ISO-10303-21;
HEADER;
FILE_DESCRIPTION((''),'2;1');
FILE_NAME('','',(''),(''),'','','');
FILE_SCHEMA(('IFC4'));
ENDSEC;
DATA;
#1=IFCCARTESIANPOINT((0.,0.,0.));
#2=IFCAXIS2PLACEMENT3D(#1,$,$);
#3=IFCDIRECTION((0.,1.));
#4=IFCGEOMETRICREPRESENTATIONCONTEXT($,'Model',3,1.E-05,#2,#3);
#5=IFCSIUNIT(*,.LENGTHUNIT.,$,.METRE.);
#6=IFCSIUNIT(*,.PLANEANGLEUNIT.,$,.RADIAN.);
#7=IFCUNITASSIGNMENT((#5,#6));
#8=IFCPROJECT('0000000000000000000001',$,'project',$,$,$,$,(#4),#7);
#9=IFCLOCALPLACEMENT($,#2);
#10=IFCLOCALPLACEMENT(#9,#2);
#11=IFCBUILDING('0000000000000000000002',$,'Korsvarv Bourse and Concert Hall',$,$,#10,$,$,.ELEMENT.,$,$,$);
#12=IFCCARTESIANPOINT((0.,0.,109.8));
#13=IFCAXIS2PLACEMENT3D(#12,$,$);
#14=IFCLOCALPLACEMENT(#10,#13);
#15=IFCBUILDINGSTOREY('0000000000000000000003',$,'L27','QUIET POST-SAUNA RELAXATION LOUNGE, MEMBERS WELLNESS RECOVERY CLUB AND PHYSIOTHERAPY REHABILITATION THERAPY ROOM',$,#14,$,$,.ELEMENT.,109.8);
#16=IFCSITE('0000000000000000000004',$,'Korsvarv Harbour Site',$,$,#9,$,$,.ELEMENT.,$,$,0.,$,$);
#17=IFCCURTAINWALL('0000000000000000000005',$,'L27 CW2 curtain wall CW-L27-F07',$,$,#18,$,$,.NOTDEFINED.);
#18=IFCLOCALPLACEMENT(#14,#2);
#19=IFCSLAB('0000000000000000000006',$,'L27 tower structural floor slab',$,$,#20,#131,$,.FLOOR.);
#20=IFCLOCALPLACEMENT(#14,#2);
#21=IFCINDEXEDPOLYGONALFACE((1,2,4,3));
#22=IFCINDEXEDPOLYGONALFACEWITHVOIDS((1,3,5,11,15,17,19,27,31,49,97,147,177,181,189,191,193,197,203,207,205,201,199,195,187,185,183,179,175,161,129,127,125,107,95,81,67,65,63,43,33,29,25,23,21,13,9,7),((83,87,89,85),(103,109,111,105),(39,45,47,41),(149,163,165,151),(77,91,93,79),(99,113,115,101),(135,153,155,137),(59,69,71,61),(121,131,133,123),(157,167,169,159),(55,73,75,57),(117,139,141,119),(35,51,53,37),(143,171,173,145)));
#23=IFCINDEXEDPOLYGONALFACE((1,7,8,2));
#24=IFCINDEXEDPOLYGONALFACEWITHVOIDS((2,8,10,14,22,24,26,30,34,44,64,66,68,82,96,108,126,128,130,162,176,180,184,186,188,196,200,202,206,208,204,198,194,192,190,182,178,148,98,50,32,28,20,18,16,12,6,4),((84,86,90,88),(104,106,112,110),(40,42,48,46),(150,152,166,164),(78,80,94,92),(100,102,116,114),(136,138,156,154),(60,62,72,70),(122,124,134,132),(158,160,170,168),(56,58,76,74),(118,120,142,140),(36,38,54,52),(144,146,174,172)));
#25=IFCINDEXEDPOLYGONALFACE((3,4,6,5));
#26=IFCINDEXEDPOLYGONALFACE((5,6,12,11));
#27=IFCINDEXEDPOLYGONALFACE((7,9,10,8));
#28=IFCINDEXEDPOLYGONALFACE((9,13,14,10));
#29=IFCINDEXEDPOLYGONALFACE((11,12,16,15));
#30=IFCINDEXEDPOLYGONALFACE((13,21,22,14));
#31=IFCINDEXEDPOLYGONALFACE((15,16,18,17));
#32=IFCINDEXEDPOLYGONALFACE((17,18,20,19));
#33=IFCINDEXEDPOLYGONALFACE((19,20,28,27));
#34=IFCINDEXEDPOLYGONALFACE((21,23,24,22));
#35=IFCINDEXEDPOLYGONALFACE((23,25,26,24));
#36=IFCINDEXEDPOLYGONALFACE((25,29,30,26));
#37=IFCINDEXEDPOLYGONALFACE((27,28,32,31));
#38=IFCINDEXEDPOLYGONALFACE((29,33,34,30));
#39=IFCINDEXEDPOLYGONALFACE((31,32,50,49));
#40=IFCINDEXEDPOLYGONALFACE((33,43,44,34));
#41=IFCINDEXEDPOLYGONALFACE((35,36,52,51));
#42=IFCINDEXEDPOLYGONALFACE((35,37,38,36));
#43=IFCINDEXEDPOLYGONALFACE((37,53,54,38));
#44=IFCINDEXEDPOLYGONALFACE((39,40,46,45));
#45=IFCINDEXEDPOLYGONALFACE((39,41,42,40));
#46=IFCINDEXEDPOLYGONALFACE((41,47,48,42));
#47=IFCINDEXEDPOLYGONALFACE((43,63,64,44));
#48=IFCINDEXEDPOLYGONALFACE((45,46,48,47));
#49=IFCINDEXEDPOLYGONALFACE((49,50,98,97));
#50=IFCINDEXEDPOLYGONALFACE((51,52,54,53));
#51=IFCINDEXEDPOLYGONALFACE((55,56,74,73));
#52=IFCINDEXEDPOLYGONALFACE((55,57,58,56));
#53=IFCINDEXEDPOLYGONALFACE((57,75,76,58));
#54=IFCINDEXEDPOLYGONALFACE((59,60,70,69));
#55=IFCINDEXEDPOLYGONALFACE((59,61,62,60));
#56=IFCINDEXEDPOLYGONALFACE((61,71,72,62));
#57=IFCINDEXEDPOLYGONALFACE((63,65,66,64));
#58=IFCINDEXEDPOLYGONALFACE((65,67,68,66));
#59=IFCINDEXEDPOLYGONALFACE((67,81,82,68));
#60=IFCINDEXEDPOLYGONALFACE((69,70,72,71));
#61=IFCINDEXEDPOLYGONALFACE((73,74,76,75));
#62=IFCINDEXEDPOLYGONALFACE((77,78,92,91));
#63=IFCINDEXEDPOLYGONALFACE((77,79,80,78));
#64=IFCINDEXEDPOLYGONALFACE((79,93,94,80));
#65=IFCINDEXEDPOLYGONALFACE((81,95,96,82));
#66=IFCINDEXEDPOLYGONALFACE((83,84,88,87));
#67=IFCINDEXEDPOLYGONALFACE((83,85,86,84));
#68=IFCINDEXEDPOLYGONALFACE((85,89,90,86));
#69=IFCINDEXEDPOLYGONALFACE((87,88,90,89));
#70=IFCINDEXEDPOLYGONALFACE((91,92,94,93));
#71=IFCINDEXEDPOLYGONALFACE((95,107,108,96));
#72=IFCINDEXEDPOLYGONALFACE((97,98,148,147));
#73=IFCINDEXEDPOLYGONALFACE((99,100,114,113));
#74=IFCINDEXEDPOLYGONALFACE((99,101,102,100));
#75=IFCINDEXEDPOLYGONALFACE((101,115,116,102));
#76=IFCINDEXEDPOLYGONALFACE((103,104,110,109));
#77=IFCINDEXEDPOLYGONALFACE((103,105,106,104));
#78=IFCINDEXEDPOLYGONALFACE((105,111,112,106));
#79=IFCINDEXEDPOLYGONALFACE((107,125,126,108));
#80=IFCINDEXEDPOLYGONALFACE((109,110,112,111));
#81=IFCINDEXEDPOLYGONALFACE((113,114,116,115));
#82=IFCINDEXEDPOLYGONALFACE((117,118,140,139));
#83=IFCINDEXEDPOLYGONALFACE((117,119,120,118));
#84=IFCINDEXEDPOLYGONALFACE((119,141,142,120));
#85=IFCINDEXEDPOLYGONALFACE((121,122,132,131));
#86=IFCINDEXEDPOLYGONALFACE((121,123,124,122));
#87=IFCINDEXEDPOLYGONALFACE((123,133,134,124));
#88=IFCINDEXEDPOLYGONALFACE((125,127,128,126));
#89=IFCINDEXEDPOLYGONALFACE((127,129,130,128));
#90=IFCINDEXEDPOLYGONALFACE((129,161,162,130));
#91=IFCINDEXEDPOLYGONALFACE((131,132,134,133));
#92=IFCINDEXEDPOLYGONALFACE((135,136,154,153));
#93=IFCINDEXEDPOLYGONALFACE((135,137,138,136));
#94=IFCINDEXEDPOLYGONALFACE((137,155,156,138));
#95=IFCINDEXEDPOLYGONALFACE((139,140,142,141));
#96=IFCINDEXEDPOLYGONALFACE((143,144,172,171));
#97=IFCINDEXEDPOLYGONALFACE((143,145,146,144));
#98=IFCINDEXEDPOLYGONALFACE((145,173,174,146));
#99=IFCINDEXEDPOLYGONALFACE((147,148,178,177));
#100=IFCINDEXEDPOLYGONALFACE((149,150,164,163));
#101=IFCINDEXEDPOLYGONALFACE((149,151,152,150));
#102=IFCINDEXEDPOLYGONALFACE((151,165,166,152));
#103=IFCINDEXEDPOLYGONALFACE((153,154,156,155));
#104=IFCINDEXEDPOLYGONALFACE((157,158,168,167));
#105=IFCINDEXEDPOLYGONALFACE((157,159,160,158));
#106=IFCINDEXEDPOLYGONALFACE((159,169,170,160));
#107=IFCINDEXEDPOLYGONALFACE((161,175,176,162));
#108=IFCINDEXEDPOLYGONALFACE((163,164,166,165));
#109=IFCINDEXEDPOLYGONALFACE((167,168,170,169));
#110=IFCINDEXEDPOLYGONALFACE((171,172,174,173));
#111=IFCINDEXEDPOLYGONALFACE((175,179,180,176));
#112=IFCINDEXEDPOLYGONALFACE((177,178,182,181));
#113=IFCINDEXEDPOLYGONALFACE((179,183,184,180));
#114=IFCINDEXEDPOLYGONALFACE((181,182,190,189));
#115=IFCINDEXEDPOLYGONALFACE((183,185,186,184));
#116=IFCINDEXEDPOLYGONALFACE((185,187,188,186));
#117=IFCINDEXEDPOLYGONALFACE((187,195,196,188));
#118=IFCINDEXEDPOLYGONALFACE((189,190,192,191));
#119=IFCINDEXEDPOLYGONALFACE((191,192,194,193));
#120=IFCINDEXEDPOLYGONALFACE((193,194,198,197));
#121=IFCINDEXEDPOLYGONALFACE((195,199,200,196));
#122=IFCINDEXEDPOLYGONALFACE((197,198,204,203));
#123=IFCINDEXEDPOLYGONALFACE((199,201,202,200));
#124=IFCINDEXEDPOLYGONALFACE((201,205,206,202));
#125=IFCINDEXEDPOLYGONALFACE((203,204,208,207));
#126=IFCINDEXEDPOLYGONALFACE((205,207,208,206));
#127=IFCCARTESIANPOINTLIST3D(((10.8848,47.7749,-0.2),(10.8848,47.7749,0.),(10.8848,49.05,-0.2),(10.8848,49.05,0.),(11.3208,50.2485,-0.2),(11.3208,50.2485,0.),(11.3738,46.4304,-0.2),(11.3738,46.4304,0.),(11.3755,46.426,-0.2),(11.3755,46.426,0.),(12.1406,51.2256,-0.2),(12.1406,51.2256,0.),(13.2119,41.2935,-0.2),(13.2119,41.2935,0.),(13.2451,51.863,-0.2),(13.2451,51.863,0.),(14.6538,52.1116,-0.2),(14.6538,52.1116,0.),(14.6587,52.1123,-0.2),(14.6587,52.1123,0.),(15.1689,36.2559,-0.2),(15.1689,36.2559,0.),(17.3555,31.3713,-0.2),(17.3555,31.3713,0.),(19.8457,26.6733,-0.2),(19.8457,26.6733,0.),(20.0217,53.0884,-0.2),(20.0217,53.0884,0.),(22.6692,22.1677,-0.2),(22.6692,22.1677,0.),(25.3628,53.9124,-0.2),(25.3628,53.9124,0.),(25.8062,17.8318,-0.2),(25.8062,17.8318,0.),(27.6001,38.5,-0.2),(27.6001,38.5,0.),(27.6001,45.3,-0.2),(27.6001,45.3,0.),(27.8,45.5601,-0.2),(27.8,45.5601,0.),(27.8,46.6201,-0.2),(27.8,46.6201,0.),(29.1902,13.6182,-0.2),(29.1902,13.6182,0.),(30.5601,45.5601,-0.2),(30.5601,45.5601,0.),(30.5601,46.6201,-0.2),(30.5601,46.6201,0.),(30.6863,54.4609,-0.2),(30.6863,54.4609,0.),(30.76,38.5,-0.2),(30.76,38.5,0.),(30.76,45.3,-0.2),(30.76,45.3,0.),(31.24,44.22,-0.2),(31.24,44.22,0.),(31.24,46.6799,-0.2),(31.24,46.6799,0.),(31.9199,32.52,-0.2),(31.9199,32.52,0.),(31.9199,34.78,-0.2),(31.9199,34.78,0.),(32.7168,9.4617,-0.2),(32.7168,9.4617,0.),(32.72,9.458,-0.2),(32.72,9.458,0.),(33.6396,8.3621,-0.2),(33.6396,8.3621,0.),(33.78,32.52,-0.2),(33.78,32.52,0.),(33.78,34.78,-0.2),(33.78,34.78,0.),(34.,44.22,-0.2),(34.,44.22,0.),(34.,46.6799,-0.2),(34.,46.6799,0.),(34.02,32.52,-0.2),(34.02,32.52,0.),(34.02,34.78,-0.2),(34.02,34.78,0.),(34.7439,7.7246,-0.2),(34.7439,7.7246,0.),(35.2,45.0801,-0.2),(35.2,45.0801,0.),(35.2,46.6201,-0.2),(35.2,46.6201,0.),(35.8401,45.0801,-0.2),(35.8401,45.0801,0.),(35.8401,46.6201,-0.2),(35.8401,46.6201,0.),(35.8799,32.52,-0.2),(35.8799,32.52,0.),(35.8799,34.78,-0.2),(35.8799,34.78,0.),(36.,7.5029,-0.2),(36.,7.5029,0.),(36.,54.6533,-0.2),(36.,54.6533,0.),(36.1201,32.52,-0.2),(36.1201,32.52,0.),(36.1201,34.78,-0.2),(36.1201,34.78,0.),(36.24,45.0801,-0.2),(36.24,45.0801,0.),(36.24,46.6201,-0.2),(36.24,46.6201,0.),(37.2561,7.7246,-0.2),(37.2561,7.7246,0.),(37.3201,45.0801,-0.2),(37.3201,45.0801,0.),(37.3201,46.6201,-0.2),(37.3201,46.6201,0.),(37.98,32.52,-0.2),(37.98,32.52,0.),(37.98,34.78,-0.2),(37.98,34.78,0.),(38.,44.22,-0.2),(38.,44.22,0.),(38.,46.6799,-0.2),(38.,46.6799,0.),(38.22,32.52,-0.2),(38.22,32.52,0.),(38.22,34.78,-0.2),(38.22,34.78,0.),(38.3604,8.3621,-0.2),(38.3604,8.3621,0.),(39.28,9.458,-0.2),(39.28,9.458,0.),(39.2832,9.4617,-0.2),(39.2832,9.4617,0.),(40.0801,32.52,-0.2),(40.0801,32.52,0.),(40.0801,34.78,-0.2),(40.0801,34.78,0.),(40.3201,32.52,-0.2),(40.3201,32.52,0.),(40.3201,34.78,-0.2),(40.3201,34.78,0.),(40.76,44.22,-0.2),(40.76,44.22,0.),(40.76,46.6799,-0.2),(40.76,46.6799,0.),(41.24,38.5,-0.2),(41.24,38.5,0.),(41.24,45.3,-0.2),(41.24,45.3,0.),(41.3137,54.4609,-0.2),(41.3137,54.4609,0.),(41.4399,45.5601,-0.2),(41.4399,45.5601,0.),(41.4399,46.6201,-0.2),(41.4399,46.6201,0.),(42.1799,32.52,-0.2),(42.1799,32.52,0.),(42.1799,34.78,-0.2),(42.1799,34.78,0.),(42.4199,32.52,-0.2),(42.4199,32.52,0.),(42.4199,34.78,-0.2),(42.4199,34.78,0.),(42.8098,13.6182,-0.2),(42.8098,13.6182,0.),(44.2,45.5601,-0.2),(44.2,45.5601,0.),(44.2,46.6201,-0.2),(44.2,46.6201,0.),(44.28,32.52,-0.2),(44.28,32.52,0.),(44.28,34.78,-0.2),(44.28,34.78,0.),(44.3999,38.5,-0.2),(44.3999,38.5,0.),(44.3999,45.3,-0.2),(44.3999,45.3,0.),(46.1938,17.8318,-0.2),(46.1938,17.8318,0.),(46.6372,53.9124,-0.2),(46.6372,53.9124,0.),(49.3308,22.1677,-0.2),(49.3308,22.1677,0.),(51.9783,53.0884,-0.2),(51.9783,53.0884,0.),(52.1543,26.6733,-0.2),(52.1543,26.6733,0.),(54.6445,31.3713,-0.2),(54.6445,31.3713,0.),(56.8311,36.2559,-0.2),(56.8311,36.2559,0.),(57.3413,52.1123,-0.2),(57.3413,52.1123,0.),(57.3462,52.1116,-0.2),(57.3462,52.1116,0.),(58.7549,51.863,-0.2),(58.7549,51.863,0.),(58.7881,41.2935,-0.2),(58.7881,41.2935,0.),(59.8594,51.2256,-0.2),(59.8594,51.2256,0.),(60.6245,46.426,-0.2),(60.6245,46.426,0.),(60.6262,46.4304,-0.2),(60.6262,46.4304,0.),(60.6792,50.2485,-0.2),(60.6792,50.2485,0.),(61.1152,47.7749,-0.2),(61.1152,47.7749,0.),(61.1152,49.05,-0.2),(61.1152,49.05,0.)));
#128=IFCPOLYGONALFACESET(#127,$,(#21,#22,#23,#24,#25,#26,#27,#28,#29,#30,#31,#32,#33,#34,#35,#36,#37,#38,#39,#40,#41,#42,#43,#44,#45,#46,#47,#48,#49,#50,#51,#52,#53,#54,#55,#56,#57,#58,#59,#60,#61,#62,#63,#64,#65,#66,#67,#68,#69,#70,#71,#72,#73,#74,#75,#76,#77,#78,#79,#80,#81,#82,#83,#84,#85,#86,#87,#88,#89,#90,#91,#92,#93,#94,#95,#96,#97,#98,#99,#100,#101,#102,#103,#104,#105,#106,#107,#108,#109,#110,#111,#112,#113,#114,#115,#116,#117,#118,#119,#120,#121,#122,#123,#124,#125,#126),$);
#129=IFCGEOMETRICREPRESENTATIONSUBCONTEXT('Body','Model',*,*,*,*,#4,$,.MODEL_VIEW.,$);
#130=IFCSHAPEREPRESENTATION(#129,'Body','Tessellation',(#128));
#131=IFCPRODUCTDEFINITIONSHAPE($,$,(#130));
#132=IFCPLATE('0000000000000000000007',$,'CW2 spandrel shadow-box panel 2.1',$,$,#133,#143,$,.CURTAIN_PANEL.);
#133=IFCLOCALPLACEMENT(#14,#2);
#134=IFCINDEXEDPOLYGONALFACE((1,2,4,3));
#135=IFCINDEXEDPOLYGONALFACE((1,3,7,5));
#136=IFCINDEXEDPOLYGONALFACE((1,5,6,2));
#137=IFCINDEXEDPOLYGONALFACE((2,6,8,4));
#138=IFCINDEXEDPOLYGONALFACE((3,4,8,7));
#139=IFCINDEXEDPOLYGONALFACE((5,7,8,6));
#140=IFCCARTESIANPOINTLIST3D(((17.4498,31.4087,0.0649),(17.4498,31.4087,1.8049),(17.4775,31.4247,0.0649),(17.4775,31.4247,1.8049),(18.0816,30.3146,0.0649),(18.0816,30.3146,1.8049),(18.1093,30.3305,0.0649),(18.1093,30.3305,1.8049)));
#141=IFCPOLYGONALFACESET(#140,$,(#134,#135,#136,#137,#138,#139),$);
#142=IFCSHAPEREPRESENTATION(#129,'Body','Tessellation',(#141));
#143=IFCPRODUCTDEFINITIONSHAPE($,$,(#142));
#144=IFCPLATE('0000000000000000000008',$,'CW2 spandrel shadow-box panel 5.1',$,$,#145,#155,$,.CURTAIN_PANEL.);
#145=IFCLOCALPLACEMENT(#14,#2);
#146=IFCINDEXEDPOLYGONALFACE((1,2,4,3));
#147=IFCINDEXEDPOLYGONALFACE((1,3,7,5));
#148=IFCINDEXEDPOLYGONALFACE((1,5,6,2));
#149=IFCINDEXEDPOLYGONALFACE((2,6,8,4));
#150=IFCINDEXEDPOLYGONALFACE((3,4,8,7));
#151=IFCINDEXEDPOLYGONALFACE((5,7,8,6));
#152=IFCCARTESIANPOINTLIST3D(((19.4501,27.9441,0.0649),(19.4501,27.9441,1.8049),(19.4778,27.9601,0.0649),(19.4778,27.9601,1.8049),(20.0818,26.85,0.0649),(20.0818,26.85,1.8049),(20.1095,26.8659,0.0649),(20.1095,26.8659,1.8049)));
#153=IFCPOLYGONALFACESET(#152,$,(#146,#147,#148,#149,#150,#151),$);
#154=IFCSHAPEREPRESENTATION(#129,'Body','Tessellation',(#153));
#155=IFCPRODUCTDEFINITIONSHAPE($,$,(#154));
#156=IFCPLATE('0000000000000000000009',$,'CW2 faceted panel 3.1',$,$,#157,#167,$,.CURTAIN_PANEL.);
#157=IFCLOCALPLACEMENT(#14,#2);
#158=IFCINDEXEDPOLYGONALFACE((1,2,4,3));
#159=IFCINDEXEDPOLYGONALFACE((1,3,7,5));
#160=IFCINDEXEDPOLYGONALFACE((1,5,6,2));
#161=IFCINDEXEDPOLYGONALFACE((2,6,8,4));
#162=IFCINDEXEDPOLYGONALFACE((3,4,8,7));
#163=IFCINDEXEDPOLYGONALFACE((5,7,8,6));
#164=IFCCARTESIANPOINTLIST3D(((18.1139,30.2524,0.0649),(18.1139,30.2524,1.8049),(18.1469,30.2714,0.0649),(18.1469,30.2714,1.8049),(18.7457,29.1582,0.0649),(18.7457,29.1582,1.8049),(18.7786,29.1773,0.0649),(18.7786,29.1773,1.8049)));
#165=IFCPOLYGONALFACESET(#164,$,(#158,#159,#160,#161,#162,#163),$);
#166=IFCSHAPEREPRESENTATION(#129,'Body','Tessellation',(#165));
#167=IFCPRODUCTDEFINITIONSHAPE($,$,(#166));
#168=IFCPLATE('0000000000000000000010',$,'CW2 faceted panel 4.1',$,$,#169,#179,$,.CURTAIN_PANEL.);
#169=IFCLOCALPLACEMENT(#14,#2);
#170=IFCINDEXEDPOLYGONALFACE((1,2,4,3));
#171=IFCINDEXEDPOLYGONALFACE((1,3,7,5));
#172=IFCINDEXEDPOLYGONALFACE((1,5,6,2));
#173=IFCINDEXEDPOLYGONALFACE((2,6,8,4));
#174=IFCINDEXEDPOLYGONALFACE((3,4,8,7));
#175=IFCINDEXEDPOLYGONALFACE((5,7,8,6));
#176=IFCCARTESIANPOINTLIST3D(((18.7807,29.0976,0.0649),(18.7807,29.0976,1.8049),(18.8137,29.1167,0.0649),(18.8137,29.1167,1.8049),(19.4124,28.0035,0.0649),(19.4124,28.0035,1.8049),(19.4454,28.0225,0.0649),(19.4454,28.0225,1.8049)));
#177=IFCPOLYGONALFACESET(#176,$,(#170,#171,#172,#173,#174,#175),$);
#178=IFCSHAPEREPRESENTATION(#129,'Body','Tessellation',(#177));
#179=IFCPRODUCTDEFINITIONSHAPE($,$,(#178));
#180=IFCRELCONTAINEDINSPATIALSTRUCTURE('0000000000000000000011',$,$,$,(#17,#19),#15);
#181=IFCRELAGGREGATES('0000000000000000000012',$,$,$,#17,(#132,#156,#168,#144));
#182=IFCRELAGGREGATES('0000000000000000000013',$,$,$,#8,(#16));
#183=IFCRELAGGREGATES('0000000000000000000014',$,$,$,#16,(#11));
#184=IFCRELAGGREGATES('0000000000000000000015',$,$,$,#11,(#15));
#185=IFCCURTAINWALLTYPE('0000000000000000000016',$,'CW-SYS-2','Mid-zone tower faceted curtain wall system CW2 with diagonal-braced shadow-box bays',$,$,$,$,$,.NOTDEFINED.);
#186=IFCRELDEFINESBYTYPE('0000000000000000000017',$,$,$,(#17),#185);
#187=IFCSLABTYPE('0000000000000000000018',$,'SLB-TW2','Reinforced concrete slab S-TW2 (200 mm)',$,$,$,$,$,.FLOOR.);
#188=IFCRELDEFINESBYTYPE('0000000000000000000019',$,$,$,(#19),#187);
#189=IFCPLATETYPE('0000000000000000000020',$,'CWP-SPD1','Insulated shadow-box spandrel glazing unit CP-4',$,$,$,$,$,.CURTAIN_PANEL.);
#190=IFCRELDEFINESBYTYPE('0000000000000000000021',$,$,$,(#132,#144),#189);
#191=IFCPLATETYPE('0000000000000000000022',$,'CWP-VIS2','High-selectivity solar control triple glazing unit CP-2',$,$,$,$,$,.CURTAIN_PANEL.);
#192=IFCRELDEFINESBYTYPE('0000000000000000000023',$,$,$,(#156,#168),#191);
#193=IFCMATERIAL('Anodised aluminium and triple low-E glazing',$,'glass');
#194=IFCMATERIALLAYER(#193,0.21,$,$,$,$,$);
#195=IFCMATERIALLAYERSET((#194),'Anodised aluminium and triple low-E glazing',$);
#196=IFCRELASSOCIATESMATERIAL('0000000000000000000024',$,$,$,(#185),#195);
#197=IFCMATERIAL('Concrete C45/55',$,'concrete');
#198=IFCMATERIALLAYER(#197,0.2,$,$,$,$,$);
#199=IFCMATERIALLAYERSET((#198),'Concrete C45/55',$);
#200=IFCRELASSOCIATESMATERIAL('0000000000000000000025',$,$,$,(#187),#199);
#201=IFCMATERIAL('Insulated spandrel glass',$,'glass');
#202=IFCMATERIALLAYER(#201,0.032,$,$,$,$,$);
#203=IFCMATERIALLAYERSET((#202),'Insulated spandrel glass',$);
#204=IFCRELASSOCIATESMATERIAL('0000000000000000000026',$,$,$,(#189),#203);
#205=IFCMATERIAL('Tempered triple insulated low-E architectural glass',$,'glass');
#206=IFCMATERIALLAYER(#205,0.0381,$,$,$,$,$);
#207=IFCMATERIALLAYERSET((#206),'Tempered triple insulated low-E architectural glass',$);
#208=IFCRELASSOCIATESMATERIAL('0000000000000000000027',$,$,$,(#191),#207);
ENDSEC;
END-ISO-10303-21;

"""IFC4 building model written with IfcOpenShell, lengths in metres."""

from ifc_helpers import new_model, si_unit, direction, frame, origin, origin_2d, place, context, subcontext, project, spatial, polyline, rectangle, outline, extrude, source, transform, mapped, material, layer, layer_set, type_object, element, aggregate, save


model = new_model("IFC4")

# Units and contexts
model_context = context("Model", 3, precision=1e-05, world=origin(), true_north=direction((0.0, 1.0)))
body_context = subcontext(model_context, "Body", "Model", "MODEL_VIEW")
ifc_project = project(units=[si_unit("LENGTHUNIT", "METRE"), si_unit("PLANEANGLEUNIT", "RADIAN")], contexts=[model_context])

# Site, building, storey
site_placement = place(None, origin())
site = spatial("IfcSite", under=ifc_project, at=site_placement, Name="Korsvarv Harbour Site", CompositionType="ELEMENT", RefElevation=0.0)
building_placement = place(site_placement, origin())
building = spatial("IfcBuilding", under=site, at=building_placement, Name="Korsvarv Bourse and Concert Hall", CompositionType="ELEMENT")
storey_placement = place(building_placement, frame((0.0, 0.0, 109.8)))
storey = spatial("IfcBuildingStorey", under=building, at=storey_placement, Name="L27", Description="QUIET POST-SAUNA RELAXATION LOUNGE, MEMBERS WELLNESS RECOVERY CLUB AND PHYSIOTHERAPY REHABILITATION THERAPY ROOM", CompositionType="ELEMENT", Elevation=109.8)

# Curtain wall
ifc_material_1 = material(Name="Anodised aluminium and triple low-E glazing", Category="glass")
ifc_layer_1 = layer(ifc_material_1, 0.21)
ifc_layer_set_1 = layer_set([ifc_layer_1], Name="Anodised aluminium and triple low-E glazing")
curtain_wall_type = type_object("IfcCurtainWallType", Name="CW-SYS-2", Description="Mid-zone tower faceted curtain wall system CW2 with diagonal-braced shadow-box bays", PredefinedType="NOTDEFINED", material=ifc_layer_set_1)
curtain_wall_placement = place(storey_placement, origin())
curtain_wall = element("IfcCurtainWall", 1, at=curtain_wall_placement, inside=storey, type_object=curtain_wall_type, Name="L27 CW2 curtain wall CW-L27-F07", PredefinedType="NOTDEFINED")

# Slab
ifc_material_2 = material(Name="Concrete C45/55", Category="concrete")
ifc_layer_2 = layer(ifc_material_2, 0.2)
ifc_layer_set_2 = layer_set([ifc_layer_2], Name="Concrete C45/55")
slab_type_1 = type_object("IfcSlabType", Name="SLB-TW2", Description="Reinforced concrete slab S-TW2 (200 mm)", PredefinedType="FLOOR", material=ifc_layer_set_2)
slab_1_placement = place(storey_placement, frame((0.0, 0.0, -0.2)))
element("IfcSlab", 2, at=slab_1_placement, inside=storey, type_object=slab_type_1, Name="L27 tower structural floor slab", PredefinedType="FLOOR", context=body_context, shape_type="SweptSolid", body=[
    extrude(outline(polyline([(60.6245, 46.426), (58.7881, 41.2935), (56.8311, 36.2559), (54.6445, 31.3713), (52.1543, 26.6733), (49.3308, 22.1677), (46.1938, 17.8318), (42.8098, 13.6182), (39.2832, 9.4617), (39.28, 9.458), (38.3604, 8.3621), (37.2561, 7.7246), (36.0, 7.5029), (34.7439, 7.7246), (33.6396, 8.3621), (32.72, 9.458), (32.7168, 9.4617), (29.1902, 13.6182), (25.8062, 17.8318), (22.6692, 22.1677), (19.8457, 26.6733), (17.3555, 31.3713), (15.1689, 36.2559), (13.2119, 41.2935), (11.3755, 46.426), (11.3738, 46.4304), (10.8848, 47.7749), (10.8848, 49.05), (11.3208, 50.2485), (12.1406, 51.2256), (13.2451, 51.863), (14.6538, 52.1116), (14.6587, 52.1123), (20.0217, 53.0884), (25.3628, 53.9124), (30.6863, 54.4609), (36.0, 54.6533), (41.3137, 54.4609), (46.6372, 53.9124), (51.9783, 53.0884), (57.3413, 52.1123), (57.3462, 52.1116), (58.7549, 51.863), (59.8594, 51.2256), (60.6792, 50.2485), (61.1152, 49.05), (61.1152, 47.7749), (60.6262, 46.4304), (60.6245, 46.426)]), holes=[polyline([(30.76, 38.5), (30.76, 45.3), (27.6001, 45.3), (27.6001, 38.5), (30.76, 38.5)]), polyline([(44.3999, 38.5), (44.3999, 45.3), (41.24, 45.3), (41.24, 38.5), (44.3999, 38.5)]), polyline([(31.24, 44.22), (34.0, 44.22), (34.0, 46.6799), (31.24, 46.6799), (31.24, 44.22)]), polyline([(38.0, 44.22), (40.76, 44.22), (40.76, 46.6799), (38.0, 46.6799), (38.0, 44.22)]), polyline([(31.9199, 32.52), (33.78, 32.52), (33.78, 34.78), (31.9199, 34.78), (31.9199, 32.52)]), polyline([(34.02, 32.52), (35.8799, 32.52), (35.8799, 34.78), (34.02, 34.78), (34.02, 32.52)]), polyline([(36.1201, 32.52), (37.98, 32.52), (37.98, 34.78), (36.1201, 34.78), (36.1201, 32.52)]), polyline([(38.22, 32.52), (40.0801, 32.52), (40.0801, 34.78), (38.22, 34.78), (38.22, 32.52)]), polyline([(40.3201, 32.52), (42.1799, 32.52), (42.1799, 34.78), (40.3201, 34.78), (40.3201, 32.52)]), polyline([(42.4199, 32.52), (44.28, 32.52), (44.28, 34.78), (42.4199, 34.78), (42.4199, 32.52)]), polyline([(27.8, 45.5601), (30.5601, 45.5601), (30.5601, 46.6201), (27.8, 46.6201), (27.8, 45.5601)]), polyline([(41.4399, 45.5601), (44.2, 45.5601), (44.2, 46.6201), (41.4399, 46.6201), (41.4399, 45.5601)]), polyline([(35.2, 45.0801), (35.8401, 45.0801), (35.8401, 46.6201), (35.2, 46.6201), (35.2, 45.0801)]), polyline([(36.24, 45.0801), (37.3201, 45.0801), (37.3201, 46.6201), (36.24, 46.6201), (36.24, 45.0801)])]), origin(), (0.0, 0.0, 1.0), 0.2),
])

# Plates
ifc_material_3 = material(Name="Insulated spandrel glass", Category="glass")
ifc_layer_3 = layer(ifc_material_3, 0.032)
ifc_layer_set_3 = layer_set([ifc_layer_3], Name="Insulated spandrel glass")
plate_type_1 = type_object("IfcPlateType", Name="CWP-SPD1", Description="Insulated shadow-box spandrel glazing unit CP-4", PredefinedType="CURTAIN_PANEL", material=ifc_layer_set_3)
shared_shape_1 = source(origin(), body_context, "Body", "SweptSolid", [
    extrude(rectangle(XDim=1.2634, YDim=0.032, at=origin_2d()), origin(), (0.0, 0.0, 1.0), 1.74),
])
plate_1_placement = place(storey_placement, frame((17.7795, 30.8696, 0.0649), z_axis=(0.0, 0.0, 1.0), x_axis=(0.500006, -0.866022, 0.0)))
plate_1 = element("IfcPlate", 3, at=plate_1_placement, type_object=plate_type_1, Name="CW2 spandrel shadow-box panel 2.1", PredefinedType="CURTAIN_PANEL", context=body_context, shape_type="MappedRepresentation", body=[
    mapped(shared_shape_1, transform((0.0, 0.0, 0.0), scale=1.0)),
])
plate_2_placement = place(storey_placement, frame((19.7798, 27.405, 0.0649), z_axis=(0.0, 0.0, 1.0), x_axis=(0.500006, -0.866022, 0.0)))
plate_2 = element("IfcPlate", 4, at=plate_2_placement, type_object=plate_type_1, Name="CW2 spandrel shadow-box panel 5.1", PredefinedType="CURTAIN_PANEL", context=body_context, shape_type="MappedRepresentation", body=[
    mapped(shared_shape_1, transform((0.0, 0.0, 0.0), scale=1.0)),
])
ifc_material_4 = material(Name="Tempered triple insulated low-E architectural glass", Category="glass")
ifc_layer_4 = layer(ifc_material_4, 0.0381)
ifc_layer_set_4 = layer_set([ifc_layer_4], Name="Tempered triple insulated low-E architectural glass")
plate_type_2 = type_object("IfcPlateType", Name="CWP-VIS2", Description="High-selectivity solar control triple glazing unit CP-2", PredefinedType="CURTAIN_PANEL", material=ifc_layer_set_4)
shared_shape_2 = source(origin(), body_context, "Body", "SweptSolid", [
    extrude(rectangle(XDim=1.2634, YDim=0.0381, at=origin_2d()), origin(), (0.0, 0.0, 1.0), 1.74),
])
plate_3_placement = place(storey_placement, frame((18.4463, 29.7148, 0.0649), z_axis=(0.0, 0.0, 1.0), x_axis=(0.500006, -0.866022, 0.0)))
plate_3 = element("IfcPlate", 5, at=plate_3_placement, type_object=plate_type_2, Name="CW2 faceted panel 3.1", PredefinedType="CURTAIN_PANEL", context=body_context, shape_type="MappedRepresentation", body=[
    mapped(shared_shape_2, transform((0.0, 0.0, 0.0), scale=1.0)),
])
plate_4_placement = place(storey_placement, frame((19.113, 28.5601, 0.0649), z_axis=(0.0, 0.0, 1.0), x_axis=(0.500006, -0.866022, 0.0)))
plate_4 = element("IfcPlate", 6, at=plate_4_placement, type_object=plate_type_2, Name="CW2 faceted panel 4.1", PredefinedType="CURTAIN_PANEL", context=body_context, shape_type="MappedRepresentation", body=[
    mapped(shared_shape_2, transform((0.0, 0.0, 0.0), scale=1.0)),
])
aggregate(curtain_wall, [plate_1, plate_3, plate_4, plate_2])

save(model, "model.ifc")
